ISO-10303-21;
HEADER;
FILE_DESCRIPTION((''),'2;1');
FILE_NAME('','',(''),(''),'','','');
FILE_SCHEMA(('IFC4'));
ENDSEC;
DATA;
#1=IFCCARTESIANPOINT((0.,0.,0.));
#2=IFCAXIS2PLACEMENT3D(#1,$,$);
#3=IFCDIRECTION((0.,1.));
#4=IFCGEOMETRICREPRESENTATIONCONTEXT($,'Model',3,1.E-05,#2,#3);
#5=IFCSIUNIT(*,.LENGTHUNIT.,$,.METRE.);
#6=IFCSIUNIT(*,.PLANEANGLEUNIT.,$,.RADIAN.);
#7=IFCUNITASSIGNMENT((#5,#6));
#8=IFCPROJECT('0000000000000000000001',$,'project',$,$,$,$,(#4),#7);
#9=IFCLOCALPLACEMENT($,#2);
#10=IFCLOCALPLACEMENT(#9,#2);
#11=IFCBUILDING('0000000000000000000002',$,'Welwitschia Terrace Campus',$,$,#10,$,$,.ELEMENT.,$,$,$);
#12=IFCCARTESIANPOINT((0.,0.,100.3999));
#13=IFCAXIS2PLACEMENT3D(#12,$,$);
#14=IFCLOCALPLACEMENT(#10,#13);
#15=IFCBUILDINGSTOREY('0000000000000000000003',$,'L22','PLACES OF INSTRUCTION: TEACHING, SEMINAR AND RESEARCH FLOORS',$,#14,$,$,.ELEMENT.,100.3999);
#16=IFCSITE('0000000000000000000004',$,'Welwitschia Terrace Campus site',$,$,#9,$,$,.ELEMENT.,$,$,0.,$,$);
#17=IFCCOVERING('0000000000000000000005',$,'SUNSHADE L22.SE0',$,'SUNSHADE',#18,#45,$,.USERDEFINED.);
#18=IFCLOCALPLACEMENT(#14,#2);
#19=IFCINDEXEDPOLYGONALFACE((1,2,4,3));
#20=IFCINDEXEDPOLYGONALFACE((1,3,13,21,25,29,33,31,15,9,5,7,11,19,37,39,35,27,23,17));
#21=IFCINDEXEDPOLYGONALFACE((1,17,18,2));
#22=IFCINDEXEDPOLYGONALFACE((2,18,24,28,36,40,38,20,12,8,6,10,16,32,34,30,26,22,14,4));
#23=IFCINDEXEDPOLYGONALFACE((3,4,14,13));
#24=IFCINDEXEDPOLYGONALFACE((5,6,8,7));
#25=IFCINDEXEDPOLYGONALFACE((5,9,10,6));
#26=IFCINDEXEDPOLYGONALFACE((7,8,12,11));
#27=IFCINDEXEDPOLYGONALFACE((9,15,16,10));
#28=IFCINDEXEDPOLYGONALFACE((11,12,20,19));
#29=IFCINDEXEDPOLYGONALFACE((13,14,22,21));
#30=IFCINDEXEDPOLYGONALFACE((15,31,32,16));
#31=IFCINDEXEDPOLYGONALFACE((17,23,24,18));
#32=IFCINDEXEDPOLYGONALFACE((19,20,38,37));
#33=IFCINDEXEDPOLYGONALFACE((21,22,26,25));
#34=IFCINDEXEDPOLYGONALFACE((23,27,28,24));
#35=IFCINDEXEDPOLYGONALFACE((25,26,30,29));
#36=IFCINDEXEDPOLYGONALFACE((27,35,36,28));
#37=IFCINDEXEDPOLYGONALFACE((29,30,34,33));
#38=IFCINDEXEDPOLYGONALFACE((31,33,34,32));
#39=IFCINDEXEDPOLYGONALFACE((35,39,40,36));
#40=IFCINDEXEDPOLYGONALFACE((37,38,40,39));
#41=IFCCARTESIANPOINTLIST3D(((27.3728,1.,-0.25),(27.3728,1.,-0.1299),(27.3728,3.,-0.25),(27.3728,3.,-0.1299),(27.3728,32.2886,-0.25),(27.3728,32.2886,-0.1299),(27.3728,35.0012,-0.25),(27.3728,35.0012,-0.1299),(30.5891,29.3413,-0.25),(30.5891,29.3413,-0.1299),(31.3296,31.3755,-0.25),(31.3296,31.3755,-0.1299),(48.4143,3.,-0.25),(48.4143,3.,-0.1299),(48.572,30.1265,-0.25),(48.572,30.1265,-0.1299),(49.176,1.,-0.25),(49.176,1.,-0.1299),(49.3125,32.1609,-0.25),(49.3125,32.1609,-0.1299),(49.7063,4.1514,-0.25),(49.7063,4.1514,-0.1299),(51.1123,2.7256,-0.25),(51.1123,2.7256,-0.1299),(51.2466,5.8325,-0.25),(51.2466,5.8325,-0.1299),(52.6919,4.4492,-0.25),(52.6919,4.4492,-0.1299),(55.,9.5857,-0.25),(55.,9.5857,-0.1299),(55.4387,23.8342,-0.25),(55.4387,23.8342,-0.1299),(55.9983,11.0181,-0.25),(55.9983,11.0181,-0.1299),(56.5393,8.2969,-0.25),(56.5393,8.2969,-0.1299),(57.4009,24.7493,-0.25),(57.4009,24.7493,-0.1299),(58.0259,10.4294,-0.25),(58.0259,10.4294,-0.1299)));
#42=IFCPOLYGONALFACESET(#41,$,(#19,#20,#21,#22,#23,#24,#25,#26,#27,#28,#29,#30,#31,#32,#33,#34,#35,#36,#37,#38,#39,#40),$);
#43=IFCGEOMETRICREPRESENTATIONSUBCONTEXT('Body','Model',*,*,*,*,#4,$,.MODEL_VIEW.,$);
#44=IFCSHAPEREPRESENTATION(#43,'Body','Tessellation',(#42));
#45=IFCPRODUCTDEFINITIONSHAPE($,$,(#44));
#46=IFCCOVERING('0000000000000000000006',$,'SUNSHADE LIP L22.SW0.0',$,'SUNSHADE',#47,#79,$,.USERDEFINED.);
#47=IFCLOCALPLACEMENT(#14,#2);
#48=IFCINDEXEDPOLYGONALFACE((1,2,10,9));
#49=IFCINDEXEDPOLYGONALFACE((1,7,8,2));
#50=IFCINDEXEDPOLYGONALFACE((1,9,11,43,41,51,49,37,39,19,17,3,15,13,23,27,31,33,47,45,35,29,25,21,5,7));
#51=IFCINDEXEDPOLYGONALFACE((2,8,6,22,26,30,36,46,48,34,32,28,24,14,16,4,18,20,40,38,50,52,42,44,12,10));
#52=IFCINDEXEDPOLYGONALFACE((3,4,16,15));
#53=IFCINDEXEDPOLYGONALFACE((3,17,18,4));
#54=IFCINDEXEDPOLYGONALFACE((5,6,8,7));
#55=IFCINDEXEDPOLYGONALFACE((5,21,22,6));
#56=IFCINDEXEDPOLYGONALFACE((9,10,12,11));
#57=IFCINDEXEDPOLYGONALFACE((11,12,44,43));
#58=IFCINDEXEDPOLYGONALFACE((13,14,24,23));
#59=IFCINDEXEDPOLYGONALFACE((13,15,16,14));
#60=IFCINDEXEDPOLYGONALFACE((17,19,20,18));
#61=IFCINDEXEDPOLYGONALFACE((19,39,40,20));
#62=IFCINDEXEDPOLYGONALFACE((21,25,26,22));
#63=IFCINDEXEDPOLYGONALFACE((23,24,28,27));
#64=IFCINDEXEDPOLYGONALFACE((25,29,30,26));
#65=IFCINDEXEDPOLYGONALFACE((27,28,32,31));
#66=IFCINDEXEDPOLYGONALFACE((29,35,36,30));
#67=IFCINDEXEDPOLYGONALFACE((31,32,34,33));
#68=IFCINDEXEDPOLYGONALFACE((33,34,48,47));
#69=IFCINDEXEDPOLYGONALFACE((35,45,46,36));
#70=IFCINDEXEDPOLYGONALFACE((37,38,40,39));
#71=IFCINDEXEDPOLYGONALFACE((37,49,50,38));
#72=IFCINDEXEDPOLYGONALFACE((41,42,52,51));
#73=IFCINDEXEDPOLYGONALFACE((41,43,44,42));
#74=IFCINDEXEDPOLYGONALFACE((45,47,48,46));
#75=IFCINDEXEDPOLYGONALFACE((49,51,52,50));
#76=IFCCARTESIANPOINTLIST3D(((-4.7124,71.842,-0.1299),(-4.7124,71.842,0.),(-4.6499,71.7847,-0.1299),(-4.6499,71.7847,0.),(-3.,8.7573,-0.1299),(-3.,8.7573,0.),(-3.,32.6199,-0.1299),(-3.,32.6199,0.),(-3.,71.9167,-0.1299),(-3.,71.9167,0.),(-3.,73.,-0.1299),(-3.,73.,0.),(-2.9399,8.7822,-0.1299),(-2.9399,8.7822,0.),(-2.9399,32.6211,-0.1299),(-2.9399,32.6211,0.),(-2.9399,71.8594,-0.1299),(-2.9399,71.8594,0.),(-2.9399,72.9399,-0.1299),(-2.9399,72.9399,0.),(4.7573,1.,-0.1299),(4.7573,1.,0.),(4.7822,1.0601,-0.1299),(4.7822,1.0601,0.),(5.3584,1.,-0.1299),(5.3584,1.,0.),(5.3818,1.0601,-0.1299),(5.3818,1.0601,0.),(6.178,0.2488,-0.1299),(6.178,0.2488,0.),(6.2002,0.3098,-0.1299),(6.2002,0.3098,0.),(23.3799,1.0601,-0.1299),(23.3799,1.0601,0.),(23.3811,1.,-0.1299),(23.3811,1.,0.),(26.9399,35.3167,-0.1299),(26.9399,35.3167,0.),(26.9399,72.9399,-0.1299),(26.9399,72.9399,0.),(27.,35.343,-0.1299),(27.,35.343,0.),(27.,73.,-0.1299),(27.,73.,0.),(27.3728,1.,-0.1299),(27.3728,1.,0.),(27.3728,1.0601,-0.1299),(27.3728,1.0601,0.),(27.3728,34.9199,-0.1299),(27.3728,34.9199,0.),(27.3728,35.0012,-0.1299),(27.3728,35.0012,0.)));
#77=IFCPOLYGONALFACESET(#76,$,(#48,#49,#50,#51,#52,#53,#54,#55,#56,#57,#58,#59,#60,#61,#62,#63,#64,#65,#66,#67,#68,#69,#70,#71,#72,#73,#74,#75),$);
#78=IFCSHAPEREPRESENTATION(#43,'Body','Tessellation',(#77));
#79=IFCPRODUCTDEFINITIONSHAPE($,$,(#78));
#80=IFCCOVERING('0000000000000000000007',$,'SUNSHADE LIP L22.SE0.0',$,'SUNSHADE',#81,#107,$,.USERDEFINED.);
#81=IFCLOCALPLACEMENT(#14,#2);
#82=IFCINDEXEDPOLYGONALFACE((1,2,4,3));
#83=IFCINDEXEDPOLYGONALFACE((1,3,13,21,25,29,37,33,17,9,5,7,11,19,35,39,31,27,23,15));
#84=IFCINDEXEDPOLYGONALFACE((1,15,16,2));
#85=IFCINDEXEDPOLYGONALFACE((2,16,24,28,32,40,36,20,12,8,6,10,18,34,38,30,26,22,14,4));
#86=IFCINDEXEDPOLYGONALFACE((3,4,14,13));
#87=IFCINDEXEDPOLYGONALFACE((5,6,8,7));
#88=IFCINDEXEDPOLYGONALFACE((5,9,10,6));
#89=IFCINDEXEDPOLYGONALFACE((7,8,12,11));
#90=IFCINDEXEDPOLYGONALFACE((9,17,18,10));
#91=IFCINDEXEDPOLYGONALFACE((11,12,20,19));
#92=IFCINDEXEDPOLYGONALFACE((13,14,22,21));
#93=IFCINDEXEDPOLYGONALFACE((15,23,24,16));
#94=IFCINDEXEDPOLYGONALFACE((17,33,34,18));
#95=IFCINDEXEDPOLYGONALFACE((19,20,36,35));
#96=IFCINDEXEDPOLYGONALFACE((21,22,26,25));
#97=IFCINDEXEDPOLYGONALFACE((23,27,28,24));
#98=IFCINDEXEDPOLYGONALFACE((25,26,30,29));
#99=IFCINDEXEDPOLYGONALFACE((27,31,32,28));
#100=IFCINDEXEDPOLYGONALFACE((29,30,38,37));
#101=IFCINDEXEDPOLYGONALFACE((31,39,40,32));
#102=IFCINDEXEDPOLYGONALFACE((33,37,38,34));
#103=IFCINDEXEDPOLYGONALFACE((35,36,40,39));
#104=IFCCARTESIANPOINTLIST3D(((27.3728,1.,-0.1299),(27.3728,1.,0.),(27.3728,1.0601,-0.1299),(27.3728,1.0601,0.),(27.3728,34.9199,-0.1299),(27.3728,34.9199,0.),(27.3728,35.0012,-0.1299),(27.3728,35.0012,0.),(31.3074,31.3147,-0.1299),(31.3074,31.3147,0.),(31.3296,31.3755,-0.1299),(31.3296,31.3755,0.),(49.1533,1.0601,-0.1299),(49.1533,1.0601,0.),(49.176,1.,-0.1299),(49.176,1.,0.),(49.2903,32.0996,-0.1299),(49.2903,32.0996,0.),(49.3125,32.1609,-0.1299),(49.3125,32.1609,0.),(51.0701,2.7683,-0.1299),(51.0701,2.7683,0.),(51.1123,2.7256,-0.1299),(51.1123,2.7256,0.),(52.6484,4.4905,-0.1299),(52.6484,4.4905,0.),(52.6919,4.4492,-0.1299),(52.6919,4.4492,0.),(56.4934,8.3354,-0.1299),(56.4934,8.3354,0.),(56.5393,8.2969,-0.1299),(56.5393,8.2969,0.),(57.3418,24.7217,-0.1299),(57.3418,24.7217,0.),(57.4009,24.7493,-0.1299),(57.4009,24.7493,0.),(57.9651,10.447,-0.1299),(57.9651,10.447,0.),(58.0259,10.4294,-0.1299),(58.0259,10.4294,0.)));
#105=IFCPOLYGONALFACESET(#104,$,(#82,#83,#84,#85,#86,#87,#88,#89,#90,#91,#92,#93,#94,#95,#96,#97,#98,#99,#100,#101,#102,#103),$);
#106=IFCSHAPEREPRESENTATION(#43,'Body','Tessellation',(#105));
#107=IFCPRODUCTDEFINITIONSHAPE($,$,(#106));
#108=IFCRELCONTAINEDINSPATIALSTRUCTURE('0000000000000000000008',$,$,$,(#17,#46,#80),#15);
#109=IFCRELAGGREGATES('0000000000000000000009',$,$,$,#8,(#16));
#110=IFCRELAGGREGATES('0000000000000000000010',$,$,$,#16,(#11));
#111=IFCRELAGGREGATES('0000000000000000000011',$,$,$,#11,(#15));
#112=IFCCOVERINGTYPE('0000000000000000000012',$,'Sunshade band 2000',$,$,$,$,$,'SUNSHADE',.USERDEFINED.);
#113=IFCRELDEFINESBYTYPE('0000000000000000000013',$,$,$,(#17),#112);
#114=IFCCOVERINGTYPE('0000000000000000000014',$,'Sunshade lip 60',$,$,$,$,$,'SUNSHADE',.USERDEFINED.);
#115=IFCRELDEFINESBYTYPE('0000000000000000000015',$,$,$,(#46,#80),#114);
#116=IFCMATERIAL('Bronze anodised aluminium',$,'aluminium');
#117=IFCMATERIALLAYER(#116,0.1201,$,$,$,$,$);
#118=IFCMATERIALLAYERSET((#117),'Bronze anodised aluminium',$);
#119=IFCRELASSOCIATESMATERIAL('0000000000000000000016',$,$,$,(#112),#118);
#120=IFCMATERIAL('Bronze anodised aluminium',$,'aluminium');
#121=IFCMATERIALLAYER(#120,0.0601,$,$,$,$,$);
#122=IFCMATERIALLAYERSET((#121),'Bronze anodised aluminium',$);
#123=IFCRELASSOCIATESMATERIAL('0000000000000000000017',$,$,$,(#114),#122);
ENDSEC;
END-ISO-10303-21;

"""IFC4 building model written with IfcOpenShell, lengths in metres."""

from ifc_helpers import new_model, si_unit, direction, frame, origin, place, context, subcontext, project, spatial, polyline, outline, extrude, material, layer, layer_set, type_object, element, save


model = new_model("IFC4")

# Units and contexts
model_context = context("Model", 3, precision=1e-05, world=origin(), true_north=direction((0.0, 1.0)))
body_context = subcontext(model_context, "Body", "Model", "MODEL_VIEW")
ifc_project = project(units=[si_unit("LENGTHUNIT", "METRE"), si_unit("PLANEANGLEUNIT", "RADIAN")], contexts=[model_context])

# Site, building, storey
site_placement = place(None, origin())
site = spatial("IfcSite", under=ifc_project, at=site_placement, Name="Welwitschia Terrace Campus site", CompositionType="ELEMENT", RefElevation=0.0)
building_placement = place(site_placement, origin())
building = spatial("IfcBuilding", under=site, at=building_placement, Name="Welwitschia Terrace Campus", CompositionType="ELEMENT")
storey_placement = place(building_placement, frame((0.0, 0.0, 100.3999)))
storey = spatial("IfcBuildingStorey", under=building, at=storey_placement, Name="L22", Description="PLACES OF INSTRUCTION: TEACHING, SEMINAR AND RESEARCH FLOORS", CompositionType="ELEMENT", Elevation=100.3999)

# Coverings
ifc_material_1 = material(Name="Bronze anodised aluminium", Category="aluminium")
ifc_layer_1 = layer(ifc_material_1, 0.1201)
ifc_layer_set_1 = layer_set([ifc_layer_1], Name="Bronze anodised aluminium")
covering_type_1 = type_object("IfcCoveringType", Name="Sunshade band 2000", ElementType="SUNSHADE", PredefinedType="USERDEFINED", material=ifc_layer_set_1)
covering_1_placement = place(storey_placement, frame((0.0, 0.0, -0.25)))
element("IfcCovering", 1, at=covering_1_placement, inside=storey, type_object=covering_type_1, Name="SUNSHADE L22.SE0", ObjectType="SUNSHADE", PredefinedType="USERDEFINED", context=body_context, shape_type="SweptSolid", body=[
    extrude(outline(polyline([(31.3296, 31.3755), (49.3125, 32.1609), (57.4009, 24.7493), (58.0259, 10.4294), (56.5393, 8.2969), (52.6919, 4.4492), (51.1123, 2.7256), (49.176, 1.0), (27.3728, 1.0), (27.3728, 3.0), (48.4143, 3.0), (49.7063, 4.1514), (51.2466, 5.8325), (55.0, 9.5857), (55.9983, 11.0181), (55.4387, 23.8342), (48.572, 30.1265), (30.5891, 29.3413), (27.3728, 32.2886), (27.3728, 35.0012), (31.3296, 31.3755)])), origin(), (0.0, 0.0, 1.0), 0.1201),
])
ifc_material_2 = material(Name="Bronze anodised aluminium", Category="aluminium")
ifc_layer_2 = layer(ifc_material_2, 0.0601)
ifc_layer_set_2 = layer_set([ifc_layer_2], Name="Bronze anodised aluminium")
covering_type_2 = type_object("IfcCoveringType", Name="Sunshade lip 60", ElementType="SUNSHADE", PredefinedType="USERDEFINED", material=ifc_layer_set_2)
covering_2_placement = place(storey_placement, frame((0.0, 0.0, -0.1299)))
element("IfcCovering", 2, at=covering_2_placement, inside=storey, type_object=covering_type_2, Name="SUNSHADE LIP L22.SW0.0", ObjectType="SUNSHADE", PredefinedType="USERDEFINED", context=body_context, shape_type="SweptSolid", body=[
    extrude(outline(polyline([(27.0, 73.0), (27.0, 35.343), (27.3728, 35.0012), (27.3728, 34.9199), (26.9399, 35.3167), (26.9399, 72.9399), (-2.9399, 72.9399), (-2.9399, 71.8594), (-4.6499, 71.7847), (-2.9399, 32.6211), (-2.9399, 8.7822), (4.7822, 1.0601), (5.3818, 1.0601), (6.2002, 0.3098), (23.3799, 1.0601), (27.3728, 1.0601), (27.3728, 1.0), (23.3811, 1.0), (6.178, 0.2488), (5.3584, 1.0), (4.7573, 1.0), (-3.0, 8.7573), (-3.0, 32.6199), (-4.7124, 71.842), (-3.0, 71.9167), (-3.0, 73.0), (27.0, 73.0)])), origin(), (0.0, 0.0, 1.0), 0.1299),
])
covering_3_placement = place(storey_placement, frame((0.0, 0.0, -0.1299)))
element("IfcCovering", 3, at=covering_3_placement, inside=storey, type_object=covering_type_2, Name="SUNSHADE LIP L22.SE0.0", ObjectType="SUNSHADE", PredefinedType="USERDEFINED", context=body_context, shape_type="SweptSolid", body=[
    extrude(outline(polyline([(49.3125, 32.1609), (57.4009, 24.7493), (58.0259, 10.4294), (56.5393, 8.2969), (52.6919, 4.4492), (51.1123, 2.7256), (49.176, 1.0), (27.3728, 1.0), (27.3728, 1.0601), (49.1533, 1.0601), (51.0701, 2.7683), (52.6484, 4.4905), (56.4934, 8.3354), (57.9651, 10.447), (57.3418, 24.7217), (49.2903, 32.0996), (31.3074, 31.3147), (27.3728, 34.9199), (27.3728, 35.0012), (31.3296, 31.3755), (49.3125, 32.1609)])), origin(), (0.0, 0.0, 1.0), 0.1299),
])

save(model, "model.ifc")
